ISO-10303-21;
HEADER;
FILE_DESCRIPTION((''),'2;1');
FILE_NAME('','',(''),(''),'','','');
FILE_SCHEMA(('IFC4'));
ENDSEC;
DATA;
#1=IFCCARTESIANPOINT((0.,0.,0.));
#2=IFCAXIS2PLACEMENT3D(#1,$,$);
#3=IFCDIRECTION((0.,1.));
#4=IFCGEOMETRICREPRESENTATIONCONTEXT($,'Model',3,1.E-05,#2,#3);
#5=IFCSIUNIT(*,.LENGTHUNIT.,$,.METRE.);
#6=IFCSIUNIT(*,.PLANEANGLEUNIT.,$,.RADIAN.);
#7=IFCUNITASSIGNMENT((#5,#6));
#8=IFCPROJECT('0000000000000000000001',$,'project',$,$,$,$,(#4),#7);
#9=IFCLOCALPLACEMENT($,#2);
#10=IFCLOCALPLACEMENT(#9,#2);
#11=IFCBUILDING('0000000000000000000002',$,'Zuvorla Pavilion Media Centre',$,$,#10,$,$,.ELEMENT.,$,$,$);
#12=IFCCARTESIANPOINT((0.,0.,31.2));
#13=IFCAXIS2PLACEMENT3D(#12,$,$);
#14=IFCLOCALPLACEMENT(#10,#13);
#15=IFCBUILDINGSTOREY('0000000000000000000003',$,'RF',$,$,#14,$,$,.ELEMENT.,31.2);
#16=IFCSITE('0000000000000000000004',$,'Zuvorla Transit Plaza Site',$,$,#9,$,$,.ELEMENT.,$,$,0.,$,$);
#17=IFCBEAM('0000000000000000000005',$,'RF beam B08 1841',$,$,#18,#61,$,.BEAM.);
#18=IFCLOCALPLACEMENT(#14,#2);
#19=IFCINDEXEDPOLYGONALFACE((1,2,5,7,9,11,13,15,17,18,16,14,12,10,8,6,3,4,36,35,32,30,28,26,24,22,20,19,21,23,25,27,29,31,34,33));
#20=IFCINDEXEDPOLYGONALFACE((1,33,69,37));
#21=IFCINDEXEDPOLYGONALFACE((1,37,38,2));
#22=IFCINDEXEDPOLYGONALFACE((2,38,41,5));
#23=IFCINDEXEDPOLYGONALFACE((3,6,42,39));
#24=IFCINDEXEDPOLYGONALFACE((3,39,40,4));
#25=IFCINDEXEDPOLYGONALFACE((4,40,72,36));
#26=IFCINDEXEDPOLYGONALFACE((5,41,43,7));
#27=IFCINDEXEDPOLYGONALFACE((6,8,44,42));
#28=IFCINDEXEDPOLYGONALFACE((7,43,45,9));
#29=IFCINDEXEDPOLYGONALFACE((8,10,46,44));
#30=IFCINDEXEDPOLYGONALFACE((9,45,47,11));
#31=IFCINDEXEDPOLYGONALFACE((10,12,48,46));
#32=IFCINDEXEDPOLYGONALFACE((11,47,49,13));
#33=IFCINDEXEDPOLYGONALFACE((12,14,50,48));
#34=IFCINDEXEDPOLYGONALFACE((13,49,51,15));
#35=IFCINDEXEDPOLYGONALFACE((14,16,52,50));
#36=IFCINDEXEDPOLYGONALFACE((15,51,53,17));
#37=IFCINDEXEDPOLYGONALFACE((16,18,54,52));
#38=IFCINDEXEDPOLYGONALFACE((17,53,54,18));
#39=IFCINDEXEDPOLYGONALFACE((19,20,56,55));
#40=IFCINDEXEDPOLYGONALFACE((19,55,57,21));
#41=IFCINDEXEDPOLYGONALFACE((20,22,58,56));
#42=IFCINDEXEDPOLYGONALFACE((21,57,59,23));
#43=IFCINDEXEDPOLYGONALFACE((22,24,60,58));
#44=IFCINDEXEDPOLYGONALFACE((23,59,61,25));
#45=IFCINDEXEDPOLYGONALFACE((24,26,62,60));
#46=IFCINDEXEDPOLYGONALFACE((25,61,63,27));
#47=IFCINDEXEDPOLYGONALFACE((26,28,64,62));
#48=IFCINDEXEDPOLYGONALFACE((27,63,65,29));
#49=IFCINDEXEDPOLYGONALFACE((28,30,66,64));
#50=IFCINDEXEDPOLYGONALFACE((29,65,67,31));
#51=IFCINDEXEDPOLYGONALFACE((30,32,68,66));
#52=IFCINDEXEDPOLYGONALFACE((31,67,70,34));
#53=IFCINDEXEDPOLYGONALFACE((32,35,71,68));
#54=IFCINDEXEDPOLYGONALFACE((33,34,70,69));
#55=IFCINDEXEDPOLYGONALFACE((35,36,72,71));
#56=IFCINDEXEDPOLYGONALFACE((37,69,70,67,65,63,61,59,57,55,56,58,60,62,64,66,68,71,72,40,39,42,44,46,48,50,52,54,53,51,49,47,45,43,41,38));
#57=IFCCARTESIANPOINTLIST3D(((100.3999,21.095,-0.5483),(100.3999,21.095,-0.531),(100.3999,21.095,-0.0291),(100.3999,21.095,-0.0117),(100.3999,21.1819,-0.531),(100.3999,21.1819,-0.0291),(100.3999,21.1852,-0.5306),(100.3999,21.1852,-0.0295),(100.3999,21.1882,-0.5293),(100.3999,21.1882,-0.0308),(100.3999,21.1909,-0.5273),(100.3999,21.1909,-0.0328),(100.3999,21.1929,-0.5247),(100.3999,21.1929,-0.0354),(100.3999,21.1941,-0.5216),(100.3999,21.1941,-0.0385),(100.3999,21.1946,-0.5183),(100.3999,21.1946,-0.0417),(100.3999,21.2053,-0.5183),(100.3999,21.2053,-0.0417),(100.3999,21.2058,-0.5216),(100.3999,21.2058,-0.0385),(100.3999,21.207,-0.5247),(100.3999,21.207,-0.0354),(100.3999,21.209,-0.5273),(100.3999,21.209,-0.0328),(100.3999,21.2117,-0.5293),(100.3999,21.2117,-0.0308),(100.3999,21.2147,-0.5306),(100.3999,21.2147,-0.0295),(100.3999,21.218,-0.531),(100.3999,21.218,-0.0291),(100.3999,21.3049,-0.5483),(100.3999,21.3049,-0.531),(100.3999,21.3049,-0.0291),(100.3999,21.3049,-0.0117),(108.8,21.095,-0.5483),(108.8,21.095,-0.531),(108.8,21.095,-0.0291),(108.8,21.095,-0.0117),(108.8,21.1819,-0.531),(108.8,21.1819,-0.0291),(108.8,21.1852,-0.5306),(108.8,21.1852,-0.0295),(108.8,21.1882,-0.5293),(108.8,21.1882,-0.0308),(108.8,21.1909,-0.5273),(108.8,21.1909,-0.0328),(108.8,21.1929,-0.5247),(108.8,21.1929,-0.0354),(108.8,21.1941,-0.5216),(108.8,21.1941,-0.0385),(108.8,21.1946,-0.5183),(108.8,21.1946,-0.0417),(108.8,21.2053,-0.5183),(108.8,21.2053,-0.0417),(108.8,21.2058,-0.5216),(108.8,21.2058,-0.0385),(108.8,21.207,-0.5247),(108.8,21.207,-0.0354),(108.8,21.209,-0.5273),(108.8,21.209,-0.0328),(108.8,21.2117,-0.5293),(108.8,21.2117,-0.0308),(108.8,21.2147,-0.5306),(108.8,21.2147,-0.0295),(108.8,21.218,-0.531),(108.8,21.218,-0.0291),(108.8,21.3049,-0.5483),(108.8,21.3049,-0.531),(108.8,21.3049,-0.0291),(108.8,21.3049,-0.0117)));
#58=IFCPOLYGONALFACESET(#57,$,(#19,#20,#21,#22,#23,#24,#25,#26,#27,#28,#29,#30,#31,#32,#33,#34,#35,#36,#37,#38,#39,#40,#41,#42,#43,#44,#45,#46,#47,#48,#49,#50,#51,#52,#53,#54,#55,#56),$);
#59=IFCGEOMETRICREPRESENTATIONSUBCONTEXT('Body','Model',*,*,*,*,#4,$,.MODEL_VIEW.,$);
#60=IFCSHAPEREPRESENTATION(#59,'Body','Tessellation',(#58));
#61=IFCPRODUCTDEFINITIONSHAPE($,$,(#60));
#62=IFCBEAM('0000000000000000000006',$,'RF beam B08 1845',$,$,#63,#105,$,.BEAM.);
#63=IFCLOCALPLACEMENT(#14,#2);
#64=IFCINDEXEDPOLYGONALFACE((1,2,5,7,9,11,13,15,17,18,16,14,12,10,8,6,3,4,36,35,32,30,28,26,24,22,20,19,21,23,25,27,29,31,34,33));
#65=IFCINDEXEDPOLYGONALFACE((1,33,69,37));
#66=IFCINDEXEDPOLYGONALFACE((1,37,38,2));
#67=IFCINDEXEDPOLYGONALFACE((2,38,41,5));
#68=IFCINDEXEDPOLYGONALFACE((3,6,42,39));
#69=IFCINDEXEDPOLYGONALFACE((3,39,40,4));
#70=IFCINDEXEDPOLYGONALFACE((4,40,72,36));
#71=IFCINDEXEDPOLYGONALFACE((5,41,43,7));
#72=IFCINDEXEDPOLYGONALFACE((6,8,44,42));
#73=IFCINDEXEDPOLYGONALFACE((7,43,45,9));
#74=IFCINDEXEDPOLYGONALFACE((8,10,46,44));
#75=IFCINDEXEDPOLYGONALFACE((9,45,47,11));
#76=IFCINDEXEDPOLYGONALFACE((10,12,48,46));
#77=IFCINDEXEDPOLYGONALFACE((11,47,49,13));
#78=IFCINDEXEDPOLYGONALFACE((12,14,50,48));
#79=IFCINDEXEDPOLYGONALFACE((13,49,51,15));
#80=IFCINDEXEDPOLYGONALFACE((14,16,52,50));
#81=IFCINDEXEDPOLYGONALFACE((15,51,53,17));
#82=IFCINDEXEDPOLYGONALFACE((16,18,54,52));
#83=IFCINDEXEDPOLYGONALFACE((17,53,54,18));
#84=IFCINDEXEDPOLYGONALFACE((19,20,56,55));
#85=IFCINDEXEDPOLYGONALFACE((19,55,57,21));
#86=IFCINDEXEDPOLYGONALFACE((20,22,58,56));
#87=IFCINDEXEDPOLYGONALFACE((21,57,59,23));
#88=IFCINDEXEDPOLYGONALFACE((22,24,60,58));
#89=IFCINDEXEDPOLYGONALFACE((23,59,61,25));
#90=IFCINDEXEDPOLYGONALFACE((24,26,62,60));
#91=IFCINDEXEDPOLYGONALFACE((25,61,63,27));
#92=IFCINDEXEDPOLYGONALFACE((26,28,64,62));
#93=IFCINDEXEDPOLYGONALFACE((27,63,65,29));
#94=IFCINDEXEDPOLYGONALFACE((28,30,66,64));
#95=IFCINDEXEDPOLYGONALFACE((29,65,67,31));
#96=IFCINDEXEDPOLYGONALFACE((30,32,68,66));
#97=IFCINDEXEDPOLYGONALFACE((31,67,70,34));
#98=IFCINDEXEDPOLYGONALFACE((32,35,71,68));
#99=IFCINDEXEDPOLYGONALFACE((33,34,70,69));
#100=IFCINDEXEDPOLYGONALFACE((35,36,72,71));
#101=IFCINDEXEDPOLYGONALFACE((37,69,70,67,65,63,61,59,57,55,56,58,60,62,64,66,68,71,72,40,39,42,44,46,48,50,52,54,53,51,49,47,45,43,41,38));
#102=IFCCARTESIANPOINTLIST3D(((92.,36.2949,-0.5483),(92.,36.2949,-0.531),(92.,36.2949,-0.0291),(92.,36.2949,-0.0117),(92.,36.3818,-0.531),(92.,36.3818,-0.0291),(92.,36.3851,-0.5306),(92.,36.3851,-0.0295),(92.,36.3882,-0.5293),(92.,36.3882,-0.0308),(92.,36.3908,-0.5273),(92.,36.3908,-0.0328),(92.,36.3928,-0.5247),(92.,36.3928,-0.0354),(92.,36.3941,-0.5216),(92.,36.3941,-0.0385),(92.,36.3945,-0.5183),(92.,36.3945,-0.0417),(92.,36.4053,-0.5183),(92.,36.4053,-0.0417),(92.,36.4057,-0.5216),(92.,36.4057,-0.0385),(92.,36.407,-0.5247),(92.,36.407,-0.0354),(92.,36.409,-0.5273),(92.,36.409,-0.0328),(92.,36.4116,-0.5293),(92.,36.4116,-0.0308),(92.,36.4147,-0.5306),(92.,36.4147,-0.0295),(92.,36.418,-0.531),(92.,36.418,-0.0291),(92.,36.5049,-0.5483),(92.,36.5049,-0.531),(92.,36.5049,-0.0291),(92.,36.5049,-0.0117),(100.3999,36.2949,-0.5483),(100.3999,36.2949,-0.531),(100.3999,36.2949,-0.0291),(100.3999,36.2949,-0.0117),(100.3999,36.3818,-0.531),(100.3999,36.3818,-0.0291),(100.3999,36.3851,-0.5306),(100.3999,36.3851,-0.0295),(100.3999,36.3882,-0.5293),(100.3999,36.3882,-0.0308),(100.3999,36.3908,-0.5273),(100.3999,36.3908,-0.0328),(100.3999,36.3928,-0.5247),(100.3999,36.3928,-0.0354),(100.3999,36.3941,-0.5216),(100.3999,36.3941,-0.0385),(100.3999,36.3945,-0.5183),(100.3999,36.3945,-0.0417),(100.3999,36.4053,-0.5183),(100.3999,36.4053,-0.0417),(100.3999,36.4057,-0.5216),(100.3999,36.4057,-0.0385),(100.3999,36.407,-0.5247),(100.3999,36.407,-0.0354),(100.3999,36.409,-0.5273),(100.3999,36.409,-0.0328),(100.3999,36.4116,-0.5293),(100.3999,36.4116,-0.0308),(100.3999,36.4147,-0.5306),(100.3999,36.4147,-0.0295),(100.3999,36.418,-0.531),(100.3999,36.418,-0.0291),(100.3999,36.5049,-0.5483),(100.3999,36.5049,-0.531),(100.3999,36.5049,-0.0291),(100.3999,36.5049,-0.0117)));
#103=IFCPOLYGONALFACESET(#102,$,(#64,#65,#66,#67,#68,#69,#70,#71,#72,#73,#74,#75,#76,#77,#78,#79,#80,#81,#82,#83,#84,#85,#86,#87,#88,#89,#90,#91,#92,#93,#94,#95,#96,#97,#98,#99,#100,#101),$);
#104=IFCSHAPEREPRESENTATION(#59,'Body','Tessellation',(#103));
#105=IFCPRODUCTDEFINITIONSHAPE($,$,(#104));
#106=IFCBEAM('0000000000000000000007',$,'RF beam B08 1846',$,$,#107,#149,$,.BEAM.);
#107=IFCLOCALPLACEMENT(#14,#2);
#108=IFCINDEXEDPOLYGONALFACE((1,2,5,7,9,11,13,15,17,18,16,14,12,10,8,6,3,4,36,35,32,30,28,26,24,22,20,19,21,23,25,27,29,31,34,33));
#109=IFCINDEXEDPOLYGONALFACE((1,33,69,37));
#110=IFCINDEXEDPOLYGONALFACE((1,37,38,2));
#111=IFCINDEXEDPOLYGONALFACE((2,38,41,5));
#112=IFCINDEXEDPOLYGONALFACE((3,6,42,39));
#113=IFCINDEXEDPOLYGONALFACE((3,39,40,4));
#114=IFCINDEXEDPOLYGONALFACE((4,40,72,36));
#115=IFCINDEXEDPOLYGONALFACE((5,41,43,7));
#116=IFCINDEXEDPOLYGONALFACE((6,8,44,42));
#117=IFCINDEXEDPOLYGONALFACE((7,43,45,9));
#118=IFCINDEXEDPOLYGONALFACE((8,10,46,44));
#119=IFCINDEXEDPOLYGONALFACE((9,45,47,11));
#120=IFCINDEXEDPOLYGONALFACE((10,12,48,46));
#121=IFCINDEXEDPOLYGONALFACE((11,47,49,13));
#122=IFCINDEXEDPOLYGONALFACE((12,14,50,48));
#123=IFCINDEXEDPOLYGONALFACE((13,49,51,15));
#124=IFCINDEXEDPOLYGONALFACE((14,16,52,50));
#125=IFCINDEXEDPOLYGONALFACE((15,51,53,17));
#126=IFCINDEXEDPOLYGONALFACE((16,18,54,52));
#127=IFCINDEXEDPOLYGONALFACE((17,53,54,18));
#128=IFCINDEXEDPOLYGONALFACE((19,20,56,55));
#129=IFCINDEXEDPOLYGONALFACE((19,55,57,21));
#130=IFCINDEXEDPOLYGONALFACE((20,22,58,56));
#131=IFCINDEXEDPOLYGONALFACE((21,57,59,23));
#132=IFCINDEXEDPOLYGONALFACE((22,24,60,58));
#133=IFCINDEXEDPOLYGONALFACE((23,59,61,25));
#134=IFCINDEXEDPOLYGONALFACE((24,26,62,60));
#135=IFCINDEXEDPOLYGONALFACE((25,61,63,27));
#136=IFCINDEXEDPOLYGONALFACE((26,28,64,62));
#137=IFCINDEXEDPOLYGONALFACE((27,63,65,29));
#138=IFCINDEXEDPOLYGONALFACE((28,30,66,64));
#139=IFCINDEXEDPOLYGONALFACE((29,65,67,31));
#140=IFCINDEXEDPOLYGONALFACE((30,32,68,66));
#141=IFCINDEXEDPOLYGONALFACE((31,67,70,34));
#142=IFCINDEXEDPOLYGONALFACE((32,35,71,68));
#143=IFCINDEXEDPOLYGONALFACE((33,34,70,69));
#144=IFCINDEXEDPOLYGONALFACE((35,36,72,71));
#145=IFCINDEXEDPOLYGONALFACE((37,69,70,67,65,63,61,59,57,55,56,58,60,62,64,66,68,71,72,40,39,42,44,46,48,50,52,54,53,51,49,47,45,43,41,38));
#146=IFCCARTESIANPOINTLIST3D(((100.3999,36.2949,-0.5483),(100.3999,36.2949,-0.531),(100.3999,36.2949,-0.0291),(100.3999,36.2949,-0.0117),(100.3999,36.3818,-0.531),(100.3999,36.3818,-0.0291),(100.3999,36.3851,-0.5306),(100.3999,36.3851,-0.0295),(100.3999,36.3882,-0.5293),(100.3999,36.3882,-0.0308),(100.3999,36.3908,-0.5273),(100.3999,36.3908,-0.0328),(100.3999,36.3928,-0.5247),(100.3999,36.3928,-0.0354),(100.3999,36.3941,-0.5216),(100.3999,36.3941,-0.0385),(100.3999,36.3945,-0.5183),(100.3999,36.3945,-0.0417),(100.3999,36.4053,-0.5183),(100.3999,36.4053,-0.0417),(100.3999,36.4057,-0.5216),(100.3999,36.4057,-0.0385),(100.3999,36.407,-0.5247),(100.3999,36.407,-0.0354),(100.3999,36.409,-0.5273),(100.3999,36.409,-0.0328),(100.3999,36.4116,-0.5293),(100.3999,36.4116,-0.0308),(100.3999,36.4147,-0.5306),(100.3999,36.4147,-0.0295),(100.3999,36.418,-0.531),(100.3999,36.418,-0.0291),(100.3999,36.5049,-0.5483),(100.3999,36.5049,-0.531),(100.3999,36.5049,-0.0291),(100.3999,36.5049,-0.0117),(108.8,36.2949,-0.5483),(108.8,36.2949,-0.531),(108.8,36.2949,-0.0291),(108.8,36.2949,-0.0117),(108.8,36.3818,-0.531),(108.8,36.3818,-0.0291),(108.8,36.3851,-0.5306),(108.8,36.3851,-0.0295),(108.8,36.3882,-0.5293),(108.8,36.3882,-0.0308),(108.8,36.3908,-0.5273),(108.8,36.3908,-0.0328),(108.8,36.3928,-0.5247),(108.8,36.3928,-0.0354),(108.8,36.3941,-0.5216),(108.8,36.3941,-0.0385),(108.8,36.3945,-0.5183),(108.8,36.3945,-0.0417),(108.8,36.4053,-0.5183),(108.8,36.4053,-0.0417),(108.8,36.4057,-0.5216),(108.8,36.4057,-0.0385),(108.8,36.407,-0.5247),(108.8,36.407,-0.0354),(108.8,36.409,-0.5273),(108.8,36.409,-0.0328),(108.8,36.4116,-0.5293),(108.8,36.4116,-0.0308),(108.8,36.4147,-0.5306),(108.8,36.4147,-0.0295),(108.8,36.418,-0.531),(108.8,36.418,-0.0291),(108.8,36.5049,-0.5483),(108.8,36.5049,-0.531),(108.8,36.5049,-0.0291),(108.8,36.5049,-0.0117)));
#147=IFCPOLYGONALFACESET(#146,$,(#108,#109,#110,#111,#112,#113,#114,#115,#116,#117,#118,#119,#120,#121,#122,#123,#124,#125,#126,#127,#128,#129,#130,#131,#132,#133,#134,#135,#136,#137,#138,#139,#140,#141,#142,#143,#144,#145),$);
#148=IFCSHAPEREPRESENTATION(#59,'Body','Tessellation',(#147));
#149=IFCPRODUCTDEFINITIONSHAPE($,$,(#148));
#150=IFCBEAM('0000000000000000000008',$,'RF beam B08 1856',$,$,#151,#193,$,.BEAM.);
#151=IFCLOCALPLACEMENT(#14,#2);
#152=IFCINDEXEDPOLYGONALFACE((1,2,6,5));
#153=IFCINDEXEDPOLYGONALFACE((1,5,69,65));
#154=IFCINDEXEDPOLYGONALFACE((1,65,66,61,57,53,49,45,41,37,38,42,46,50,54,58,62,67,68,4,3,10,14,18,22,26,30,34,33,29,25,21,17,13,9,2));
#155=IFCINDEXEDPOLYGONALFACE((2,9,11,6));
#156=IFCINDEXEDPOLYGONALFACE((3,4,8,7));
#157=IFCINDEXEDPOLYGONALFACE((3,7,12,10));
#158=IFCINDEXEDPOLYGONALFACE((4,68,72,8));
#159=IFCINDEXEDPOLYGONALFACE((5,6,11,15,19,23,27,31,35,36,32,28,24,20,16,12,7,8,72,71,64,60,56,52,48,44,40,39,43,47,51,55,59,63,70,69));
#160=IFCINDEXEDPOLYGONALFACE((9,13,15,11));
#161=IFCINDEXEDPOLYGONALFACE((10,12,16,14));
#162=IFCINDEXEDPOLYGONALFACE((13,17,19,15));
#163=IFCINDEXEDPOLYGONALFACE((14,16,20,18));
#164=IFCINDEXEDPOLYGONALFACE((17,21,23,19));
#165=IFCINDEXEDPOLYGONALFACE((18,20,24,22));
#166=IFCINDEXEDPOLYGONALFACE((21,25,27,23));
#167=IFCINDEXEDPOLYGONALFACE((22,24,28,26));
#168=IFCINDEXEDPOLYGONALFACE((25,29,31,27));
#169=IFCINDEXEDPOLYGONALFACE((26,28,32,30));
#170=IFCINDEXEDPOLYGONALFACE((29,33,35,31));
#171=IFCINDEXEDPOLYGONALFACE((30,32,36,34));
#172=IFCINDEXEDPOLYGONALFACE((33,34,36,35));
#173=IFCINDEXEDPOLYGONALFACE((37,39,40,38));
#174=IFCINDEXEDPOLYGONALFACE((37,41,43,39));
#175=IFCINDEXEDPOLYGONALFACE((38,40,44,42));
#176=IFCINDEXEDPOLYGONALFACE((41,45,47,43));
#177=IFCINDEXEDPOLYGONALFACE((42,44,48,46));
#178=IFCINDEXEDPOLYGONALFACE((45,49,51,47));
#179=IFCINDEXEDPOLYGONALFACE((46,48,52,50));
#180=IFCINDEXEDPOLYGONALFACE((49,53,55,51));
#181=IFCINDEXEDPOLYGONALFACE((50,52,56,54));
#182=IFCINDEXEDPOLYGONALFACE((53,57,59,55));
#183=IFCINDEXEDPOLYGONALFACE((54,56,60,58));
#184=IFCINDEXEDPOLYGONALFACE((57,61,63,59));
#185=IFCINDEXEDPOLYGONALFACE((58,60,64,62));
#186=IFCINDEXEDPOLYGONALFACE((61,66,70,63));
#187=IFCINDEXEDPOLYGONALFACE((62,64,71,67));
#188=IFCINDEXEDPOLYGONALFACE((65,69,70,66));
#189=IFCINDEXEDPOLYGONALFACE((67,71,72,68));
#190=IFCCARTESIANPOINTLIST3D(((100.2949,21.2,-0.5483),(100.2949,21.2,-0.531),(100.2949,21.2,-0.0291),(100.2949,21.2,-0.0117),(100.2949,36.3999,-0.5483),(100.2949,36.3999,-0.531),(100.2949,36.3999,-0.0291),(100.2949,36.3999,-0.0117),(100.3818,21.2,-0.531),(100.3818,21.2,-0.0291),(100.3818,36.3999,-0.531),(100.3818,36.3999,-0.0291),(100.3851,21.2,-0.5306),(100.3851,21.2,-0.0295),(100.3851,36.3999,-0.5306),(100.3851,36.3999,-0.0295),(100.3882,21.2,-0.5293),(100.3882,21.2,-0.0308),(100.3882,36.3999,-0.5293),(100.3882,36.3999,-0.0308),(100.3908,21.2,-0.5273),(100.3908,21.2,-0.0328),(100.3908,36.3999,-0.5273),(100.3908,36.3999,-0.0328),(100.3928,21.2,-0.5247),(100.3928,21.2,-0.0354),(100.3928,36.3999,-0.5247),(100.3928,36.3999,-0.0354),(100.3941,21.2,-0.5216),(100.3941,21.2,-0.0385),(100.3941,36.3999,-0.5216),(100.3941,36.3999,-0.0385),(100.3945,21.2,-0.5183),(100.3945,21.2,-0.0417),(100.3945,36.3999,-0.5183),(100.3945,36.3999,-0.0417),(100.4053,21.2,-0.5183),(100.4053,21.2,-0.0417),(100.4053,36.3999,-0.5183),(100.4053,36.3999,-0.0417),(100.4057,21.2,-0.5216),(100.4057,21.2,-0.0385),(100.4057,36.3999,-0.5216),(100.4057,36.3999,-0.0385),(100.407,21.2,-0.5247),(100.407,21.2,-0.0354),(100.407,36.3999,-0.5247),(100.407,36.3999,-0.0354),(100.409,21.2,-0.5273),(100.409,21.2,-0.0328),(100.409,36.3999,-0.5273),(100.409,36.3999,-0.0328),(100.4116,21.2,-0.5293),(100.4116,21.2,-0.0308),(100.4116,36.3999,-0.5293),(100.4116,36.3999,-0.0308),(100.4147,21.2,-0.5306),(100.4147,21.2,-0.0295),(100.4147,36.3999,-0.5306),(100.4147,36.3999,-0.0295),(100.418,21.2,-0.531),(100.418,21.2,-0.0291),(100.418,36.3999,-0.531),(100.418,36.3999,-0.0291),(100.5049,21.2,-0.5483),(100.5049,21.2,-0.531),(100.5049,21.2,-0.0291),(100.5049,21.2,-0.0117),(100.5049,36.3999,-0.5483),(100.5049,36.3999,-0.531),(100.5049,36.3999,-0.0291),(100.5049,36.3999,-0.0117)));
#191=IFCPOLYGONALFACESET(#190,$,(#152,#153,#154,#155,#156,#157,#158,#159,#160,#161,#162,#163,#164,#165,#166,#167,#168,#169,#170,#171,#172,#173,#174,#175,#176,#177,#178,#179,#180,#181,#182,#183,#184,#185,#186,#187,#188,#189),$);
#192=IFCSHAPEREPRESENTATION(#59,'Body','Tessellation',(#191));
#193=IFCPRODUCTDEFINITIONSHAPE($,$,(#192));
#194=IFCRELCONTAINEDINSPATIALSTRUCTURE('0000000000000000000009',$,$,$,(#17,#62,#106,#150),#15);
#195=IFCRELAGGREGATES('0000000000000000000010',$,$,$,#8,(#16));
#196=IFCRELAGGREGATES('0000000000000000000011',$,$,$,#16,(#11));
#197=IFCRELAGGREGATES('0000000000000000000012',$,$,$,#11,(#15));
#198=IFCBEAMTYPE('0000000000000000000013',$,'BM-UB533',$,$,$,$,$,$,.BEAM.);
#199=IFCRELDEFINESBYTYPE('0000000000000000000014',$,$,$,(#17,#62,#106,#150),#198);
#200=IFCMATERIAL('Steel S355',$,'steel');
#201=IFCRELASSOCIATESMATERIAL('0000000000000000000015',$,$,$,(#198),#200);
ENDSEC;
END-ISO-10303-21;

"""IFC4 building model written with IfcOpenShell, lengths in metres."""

from ifc_helpers import new_model, si_unit, direction, frame, origin, origin_2d, place, context, subcontext, project, spatial, i_section, extrude, material, material_profile, profile_set, type_object, element, save


model = new_model("IFC4")

# Units and contexts
model_context = context("Model", 3, precision=1e-05, world=origin(), true_north=direction((0.0, 1.0)))
body_context = subcontext(model_context, "Body", "Model", "MODEL_VIEW")
ifc_project = project(units=[si_unit("LENGTHUNIT", "METRE"), si_unit("PLANEANGLEUNIT", "RADIAN")], contexts=[model_context])

# Site, building, storey
site_placement = place(None, origin())
site = spatial("IfcSite", under=ifc_project, at=site_placement, Name="Zuvorla Transit Plaza Site", CompositionType="ELEMENT", RefElevation=0.0)
building_placement = place(site_placement, origin())
building = spatial("IfcBuilding", under=site, at=building_placement, Name="Zuvorla Pavilion Media Centre", CompositionType="ELEMENT")
storey_placement = place(building_placement, frame((0.0, 0.0, 31.2)))
storey = spatial("IfcBuildingStorey", under=building, at=storey_placement, Name="RF", CompositionType="ELEMENT", Elevation=31.2)

# Beams
ifc_material_1 = material(Name="Steel S355", Category="steel")
ifc_material_profile_1 = material_profile(ifc_material_1, i_section(OverallWidth=0.21, OverallDepth=0.5366, WebThickness=0.0107, FlangeThickness=0.0173, FilletRadius=0.0127, at=origin_2d()), Name="UB 533x210x101")
ifc_profile_set_1 = profile_set([ifc_material_profile_1], Name="Steel S355")
beam_type = type_object("IfcBeamType", Name="BM-UB533", PredefinedType="BEAM", material=ifc_profile_set_1)
beam_1_placement = place(storey_placement, frame((100.3999, 21.2, -0.28), z_axis=(1.0, 0.0, 0.0), x_axis=(0.0, 1.0, 0.0)))
element("IfcBeam", 1, at=beam_1_placement, inside=storey, type_object=beam_type, Name="RF beam B08 1841", PredefinedType="BEAM", context=body_context, shape_type="SweptSolid", body=[
    extrude(i_section(OverallWidth=0.21, OverallDepth=0.5366, WebThickness=0.0107, FlangeThickness=0.0173, FilletRadius=0.0127, at=origin_2d()), origin(), (0.0, 0.0, 1.0), 8.4001),
])
beam_2_placement = place(storey_placement, frame((92.0, 36.3999, -0.28), z_axis=(1.0, 0.0, 0.0), x_axis=(0.0, 1.0, 0.0)))
element("IfcBeam", 2, at=beam_2_placement, inside=storey, type_object=beam_type, Name="RF beam B08 1845", PredefinedType="BEAM", context=body_context, shape_type="SweptSolid", body=[
    extrude(i_section(OverallWidth=0.21, OverallDepth=0.5366, WebThickness=0.0107, FlangeThickness=0.0173, FilletRadius=0.0127, at=origin_2d()), origin(), (0.0, 0.0, 1.0), 8.3999),
])
beam_3_placement = place(storey_placement, frame((100.3999, 36.3999, -0.28), z_axis=(1.0, 0.0, 0.0), x_axis=(0.0, 1.0, 0.0)))
element("IfcBeam", 3, at=beam_3_placement, inside=storey, type_object=beam_type, Name="RF beam B08 1846", PredefinedType="BEAM", context=body_context, shape_type="SweptSolid", body=[
    extrude(i_section(OverallWidth=0.21, OverallDepth=0.5366, WebThickness=0.0107, FlangeThickness=0.0173, FilletRadius=0.0127, at=origin_2d()), origin(), (0.0, 0.0, 1.0), 8.4001),
])
for number, where, z_axis, x_axis, name in (
    (4, (100.3999, 21.2, -0.28), (0.0, 1.0, 0.0), (-1.0, 0.0, 0.0), "RF beam B08 1856"),
):
    element("IfcBeam", number, at=place(storey_placement, frame(where, z_axis=z_axis, x_axis=x_axis)), inside=storey, type_object=beam_type, Name=name, PredefinedType="BEAM", context=body_context, shape_type="SweptSolid", body=[
        extrude(i_section(OverallWidth=0.21, OverallDepth=0.5366, WebThickness=0.0107, FlangeThickness=0.0173, FilletRadius=0.0127, at=origin_2d()), origin(), (0.0, 0.0, 1.0), 15.2),
    ])

save(model, "model.ifc")
